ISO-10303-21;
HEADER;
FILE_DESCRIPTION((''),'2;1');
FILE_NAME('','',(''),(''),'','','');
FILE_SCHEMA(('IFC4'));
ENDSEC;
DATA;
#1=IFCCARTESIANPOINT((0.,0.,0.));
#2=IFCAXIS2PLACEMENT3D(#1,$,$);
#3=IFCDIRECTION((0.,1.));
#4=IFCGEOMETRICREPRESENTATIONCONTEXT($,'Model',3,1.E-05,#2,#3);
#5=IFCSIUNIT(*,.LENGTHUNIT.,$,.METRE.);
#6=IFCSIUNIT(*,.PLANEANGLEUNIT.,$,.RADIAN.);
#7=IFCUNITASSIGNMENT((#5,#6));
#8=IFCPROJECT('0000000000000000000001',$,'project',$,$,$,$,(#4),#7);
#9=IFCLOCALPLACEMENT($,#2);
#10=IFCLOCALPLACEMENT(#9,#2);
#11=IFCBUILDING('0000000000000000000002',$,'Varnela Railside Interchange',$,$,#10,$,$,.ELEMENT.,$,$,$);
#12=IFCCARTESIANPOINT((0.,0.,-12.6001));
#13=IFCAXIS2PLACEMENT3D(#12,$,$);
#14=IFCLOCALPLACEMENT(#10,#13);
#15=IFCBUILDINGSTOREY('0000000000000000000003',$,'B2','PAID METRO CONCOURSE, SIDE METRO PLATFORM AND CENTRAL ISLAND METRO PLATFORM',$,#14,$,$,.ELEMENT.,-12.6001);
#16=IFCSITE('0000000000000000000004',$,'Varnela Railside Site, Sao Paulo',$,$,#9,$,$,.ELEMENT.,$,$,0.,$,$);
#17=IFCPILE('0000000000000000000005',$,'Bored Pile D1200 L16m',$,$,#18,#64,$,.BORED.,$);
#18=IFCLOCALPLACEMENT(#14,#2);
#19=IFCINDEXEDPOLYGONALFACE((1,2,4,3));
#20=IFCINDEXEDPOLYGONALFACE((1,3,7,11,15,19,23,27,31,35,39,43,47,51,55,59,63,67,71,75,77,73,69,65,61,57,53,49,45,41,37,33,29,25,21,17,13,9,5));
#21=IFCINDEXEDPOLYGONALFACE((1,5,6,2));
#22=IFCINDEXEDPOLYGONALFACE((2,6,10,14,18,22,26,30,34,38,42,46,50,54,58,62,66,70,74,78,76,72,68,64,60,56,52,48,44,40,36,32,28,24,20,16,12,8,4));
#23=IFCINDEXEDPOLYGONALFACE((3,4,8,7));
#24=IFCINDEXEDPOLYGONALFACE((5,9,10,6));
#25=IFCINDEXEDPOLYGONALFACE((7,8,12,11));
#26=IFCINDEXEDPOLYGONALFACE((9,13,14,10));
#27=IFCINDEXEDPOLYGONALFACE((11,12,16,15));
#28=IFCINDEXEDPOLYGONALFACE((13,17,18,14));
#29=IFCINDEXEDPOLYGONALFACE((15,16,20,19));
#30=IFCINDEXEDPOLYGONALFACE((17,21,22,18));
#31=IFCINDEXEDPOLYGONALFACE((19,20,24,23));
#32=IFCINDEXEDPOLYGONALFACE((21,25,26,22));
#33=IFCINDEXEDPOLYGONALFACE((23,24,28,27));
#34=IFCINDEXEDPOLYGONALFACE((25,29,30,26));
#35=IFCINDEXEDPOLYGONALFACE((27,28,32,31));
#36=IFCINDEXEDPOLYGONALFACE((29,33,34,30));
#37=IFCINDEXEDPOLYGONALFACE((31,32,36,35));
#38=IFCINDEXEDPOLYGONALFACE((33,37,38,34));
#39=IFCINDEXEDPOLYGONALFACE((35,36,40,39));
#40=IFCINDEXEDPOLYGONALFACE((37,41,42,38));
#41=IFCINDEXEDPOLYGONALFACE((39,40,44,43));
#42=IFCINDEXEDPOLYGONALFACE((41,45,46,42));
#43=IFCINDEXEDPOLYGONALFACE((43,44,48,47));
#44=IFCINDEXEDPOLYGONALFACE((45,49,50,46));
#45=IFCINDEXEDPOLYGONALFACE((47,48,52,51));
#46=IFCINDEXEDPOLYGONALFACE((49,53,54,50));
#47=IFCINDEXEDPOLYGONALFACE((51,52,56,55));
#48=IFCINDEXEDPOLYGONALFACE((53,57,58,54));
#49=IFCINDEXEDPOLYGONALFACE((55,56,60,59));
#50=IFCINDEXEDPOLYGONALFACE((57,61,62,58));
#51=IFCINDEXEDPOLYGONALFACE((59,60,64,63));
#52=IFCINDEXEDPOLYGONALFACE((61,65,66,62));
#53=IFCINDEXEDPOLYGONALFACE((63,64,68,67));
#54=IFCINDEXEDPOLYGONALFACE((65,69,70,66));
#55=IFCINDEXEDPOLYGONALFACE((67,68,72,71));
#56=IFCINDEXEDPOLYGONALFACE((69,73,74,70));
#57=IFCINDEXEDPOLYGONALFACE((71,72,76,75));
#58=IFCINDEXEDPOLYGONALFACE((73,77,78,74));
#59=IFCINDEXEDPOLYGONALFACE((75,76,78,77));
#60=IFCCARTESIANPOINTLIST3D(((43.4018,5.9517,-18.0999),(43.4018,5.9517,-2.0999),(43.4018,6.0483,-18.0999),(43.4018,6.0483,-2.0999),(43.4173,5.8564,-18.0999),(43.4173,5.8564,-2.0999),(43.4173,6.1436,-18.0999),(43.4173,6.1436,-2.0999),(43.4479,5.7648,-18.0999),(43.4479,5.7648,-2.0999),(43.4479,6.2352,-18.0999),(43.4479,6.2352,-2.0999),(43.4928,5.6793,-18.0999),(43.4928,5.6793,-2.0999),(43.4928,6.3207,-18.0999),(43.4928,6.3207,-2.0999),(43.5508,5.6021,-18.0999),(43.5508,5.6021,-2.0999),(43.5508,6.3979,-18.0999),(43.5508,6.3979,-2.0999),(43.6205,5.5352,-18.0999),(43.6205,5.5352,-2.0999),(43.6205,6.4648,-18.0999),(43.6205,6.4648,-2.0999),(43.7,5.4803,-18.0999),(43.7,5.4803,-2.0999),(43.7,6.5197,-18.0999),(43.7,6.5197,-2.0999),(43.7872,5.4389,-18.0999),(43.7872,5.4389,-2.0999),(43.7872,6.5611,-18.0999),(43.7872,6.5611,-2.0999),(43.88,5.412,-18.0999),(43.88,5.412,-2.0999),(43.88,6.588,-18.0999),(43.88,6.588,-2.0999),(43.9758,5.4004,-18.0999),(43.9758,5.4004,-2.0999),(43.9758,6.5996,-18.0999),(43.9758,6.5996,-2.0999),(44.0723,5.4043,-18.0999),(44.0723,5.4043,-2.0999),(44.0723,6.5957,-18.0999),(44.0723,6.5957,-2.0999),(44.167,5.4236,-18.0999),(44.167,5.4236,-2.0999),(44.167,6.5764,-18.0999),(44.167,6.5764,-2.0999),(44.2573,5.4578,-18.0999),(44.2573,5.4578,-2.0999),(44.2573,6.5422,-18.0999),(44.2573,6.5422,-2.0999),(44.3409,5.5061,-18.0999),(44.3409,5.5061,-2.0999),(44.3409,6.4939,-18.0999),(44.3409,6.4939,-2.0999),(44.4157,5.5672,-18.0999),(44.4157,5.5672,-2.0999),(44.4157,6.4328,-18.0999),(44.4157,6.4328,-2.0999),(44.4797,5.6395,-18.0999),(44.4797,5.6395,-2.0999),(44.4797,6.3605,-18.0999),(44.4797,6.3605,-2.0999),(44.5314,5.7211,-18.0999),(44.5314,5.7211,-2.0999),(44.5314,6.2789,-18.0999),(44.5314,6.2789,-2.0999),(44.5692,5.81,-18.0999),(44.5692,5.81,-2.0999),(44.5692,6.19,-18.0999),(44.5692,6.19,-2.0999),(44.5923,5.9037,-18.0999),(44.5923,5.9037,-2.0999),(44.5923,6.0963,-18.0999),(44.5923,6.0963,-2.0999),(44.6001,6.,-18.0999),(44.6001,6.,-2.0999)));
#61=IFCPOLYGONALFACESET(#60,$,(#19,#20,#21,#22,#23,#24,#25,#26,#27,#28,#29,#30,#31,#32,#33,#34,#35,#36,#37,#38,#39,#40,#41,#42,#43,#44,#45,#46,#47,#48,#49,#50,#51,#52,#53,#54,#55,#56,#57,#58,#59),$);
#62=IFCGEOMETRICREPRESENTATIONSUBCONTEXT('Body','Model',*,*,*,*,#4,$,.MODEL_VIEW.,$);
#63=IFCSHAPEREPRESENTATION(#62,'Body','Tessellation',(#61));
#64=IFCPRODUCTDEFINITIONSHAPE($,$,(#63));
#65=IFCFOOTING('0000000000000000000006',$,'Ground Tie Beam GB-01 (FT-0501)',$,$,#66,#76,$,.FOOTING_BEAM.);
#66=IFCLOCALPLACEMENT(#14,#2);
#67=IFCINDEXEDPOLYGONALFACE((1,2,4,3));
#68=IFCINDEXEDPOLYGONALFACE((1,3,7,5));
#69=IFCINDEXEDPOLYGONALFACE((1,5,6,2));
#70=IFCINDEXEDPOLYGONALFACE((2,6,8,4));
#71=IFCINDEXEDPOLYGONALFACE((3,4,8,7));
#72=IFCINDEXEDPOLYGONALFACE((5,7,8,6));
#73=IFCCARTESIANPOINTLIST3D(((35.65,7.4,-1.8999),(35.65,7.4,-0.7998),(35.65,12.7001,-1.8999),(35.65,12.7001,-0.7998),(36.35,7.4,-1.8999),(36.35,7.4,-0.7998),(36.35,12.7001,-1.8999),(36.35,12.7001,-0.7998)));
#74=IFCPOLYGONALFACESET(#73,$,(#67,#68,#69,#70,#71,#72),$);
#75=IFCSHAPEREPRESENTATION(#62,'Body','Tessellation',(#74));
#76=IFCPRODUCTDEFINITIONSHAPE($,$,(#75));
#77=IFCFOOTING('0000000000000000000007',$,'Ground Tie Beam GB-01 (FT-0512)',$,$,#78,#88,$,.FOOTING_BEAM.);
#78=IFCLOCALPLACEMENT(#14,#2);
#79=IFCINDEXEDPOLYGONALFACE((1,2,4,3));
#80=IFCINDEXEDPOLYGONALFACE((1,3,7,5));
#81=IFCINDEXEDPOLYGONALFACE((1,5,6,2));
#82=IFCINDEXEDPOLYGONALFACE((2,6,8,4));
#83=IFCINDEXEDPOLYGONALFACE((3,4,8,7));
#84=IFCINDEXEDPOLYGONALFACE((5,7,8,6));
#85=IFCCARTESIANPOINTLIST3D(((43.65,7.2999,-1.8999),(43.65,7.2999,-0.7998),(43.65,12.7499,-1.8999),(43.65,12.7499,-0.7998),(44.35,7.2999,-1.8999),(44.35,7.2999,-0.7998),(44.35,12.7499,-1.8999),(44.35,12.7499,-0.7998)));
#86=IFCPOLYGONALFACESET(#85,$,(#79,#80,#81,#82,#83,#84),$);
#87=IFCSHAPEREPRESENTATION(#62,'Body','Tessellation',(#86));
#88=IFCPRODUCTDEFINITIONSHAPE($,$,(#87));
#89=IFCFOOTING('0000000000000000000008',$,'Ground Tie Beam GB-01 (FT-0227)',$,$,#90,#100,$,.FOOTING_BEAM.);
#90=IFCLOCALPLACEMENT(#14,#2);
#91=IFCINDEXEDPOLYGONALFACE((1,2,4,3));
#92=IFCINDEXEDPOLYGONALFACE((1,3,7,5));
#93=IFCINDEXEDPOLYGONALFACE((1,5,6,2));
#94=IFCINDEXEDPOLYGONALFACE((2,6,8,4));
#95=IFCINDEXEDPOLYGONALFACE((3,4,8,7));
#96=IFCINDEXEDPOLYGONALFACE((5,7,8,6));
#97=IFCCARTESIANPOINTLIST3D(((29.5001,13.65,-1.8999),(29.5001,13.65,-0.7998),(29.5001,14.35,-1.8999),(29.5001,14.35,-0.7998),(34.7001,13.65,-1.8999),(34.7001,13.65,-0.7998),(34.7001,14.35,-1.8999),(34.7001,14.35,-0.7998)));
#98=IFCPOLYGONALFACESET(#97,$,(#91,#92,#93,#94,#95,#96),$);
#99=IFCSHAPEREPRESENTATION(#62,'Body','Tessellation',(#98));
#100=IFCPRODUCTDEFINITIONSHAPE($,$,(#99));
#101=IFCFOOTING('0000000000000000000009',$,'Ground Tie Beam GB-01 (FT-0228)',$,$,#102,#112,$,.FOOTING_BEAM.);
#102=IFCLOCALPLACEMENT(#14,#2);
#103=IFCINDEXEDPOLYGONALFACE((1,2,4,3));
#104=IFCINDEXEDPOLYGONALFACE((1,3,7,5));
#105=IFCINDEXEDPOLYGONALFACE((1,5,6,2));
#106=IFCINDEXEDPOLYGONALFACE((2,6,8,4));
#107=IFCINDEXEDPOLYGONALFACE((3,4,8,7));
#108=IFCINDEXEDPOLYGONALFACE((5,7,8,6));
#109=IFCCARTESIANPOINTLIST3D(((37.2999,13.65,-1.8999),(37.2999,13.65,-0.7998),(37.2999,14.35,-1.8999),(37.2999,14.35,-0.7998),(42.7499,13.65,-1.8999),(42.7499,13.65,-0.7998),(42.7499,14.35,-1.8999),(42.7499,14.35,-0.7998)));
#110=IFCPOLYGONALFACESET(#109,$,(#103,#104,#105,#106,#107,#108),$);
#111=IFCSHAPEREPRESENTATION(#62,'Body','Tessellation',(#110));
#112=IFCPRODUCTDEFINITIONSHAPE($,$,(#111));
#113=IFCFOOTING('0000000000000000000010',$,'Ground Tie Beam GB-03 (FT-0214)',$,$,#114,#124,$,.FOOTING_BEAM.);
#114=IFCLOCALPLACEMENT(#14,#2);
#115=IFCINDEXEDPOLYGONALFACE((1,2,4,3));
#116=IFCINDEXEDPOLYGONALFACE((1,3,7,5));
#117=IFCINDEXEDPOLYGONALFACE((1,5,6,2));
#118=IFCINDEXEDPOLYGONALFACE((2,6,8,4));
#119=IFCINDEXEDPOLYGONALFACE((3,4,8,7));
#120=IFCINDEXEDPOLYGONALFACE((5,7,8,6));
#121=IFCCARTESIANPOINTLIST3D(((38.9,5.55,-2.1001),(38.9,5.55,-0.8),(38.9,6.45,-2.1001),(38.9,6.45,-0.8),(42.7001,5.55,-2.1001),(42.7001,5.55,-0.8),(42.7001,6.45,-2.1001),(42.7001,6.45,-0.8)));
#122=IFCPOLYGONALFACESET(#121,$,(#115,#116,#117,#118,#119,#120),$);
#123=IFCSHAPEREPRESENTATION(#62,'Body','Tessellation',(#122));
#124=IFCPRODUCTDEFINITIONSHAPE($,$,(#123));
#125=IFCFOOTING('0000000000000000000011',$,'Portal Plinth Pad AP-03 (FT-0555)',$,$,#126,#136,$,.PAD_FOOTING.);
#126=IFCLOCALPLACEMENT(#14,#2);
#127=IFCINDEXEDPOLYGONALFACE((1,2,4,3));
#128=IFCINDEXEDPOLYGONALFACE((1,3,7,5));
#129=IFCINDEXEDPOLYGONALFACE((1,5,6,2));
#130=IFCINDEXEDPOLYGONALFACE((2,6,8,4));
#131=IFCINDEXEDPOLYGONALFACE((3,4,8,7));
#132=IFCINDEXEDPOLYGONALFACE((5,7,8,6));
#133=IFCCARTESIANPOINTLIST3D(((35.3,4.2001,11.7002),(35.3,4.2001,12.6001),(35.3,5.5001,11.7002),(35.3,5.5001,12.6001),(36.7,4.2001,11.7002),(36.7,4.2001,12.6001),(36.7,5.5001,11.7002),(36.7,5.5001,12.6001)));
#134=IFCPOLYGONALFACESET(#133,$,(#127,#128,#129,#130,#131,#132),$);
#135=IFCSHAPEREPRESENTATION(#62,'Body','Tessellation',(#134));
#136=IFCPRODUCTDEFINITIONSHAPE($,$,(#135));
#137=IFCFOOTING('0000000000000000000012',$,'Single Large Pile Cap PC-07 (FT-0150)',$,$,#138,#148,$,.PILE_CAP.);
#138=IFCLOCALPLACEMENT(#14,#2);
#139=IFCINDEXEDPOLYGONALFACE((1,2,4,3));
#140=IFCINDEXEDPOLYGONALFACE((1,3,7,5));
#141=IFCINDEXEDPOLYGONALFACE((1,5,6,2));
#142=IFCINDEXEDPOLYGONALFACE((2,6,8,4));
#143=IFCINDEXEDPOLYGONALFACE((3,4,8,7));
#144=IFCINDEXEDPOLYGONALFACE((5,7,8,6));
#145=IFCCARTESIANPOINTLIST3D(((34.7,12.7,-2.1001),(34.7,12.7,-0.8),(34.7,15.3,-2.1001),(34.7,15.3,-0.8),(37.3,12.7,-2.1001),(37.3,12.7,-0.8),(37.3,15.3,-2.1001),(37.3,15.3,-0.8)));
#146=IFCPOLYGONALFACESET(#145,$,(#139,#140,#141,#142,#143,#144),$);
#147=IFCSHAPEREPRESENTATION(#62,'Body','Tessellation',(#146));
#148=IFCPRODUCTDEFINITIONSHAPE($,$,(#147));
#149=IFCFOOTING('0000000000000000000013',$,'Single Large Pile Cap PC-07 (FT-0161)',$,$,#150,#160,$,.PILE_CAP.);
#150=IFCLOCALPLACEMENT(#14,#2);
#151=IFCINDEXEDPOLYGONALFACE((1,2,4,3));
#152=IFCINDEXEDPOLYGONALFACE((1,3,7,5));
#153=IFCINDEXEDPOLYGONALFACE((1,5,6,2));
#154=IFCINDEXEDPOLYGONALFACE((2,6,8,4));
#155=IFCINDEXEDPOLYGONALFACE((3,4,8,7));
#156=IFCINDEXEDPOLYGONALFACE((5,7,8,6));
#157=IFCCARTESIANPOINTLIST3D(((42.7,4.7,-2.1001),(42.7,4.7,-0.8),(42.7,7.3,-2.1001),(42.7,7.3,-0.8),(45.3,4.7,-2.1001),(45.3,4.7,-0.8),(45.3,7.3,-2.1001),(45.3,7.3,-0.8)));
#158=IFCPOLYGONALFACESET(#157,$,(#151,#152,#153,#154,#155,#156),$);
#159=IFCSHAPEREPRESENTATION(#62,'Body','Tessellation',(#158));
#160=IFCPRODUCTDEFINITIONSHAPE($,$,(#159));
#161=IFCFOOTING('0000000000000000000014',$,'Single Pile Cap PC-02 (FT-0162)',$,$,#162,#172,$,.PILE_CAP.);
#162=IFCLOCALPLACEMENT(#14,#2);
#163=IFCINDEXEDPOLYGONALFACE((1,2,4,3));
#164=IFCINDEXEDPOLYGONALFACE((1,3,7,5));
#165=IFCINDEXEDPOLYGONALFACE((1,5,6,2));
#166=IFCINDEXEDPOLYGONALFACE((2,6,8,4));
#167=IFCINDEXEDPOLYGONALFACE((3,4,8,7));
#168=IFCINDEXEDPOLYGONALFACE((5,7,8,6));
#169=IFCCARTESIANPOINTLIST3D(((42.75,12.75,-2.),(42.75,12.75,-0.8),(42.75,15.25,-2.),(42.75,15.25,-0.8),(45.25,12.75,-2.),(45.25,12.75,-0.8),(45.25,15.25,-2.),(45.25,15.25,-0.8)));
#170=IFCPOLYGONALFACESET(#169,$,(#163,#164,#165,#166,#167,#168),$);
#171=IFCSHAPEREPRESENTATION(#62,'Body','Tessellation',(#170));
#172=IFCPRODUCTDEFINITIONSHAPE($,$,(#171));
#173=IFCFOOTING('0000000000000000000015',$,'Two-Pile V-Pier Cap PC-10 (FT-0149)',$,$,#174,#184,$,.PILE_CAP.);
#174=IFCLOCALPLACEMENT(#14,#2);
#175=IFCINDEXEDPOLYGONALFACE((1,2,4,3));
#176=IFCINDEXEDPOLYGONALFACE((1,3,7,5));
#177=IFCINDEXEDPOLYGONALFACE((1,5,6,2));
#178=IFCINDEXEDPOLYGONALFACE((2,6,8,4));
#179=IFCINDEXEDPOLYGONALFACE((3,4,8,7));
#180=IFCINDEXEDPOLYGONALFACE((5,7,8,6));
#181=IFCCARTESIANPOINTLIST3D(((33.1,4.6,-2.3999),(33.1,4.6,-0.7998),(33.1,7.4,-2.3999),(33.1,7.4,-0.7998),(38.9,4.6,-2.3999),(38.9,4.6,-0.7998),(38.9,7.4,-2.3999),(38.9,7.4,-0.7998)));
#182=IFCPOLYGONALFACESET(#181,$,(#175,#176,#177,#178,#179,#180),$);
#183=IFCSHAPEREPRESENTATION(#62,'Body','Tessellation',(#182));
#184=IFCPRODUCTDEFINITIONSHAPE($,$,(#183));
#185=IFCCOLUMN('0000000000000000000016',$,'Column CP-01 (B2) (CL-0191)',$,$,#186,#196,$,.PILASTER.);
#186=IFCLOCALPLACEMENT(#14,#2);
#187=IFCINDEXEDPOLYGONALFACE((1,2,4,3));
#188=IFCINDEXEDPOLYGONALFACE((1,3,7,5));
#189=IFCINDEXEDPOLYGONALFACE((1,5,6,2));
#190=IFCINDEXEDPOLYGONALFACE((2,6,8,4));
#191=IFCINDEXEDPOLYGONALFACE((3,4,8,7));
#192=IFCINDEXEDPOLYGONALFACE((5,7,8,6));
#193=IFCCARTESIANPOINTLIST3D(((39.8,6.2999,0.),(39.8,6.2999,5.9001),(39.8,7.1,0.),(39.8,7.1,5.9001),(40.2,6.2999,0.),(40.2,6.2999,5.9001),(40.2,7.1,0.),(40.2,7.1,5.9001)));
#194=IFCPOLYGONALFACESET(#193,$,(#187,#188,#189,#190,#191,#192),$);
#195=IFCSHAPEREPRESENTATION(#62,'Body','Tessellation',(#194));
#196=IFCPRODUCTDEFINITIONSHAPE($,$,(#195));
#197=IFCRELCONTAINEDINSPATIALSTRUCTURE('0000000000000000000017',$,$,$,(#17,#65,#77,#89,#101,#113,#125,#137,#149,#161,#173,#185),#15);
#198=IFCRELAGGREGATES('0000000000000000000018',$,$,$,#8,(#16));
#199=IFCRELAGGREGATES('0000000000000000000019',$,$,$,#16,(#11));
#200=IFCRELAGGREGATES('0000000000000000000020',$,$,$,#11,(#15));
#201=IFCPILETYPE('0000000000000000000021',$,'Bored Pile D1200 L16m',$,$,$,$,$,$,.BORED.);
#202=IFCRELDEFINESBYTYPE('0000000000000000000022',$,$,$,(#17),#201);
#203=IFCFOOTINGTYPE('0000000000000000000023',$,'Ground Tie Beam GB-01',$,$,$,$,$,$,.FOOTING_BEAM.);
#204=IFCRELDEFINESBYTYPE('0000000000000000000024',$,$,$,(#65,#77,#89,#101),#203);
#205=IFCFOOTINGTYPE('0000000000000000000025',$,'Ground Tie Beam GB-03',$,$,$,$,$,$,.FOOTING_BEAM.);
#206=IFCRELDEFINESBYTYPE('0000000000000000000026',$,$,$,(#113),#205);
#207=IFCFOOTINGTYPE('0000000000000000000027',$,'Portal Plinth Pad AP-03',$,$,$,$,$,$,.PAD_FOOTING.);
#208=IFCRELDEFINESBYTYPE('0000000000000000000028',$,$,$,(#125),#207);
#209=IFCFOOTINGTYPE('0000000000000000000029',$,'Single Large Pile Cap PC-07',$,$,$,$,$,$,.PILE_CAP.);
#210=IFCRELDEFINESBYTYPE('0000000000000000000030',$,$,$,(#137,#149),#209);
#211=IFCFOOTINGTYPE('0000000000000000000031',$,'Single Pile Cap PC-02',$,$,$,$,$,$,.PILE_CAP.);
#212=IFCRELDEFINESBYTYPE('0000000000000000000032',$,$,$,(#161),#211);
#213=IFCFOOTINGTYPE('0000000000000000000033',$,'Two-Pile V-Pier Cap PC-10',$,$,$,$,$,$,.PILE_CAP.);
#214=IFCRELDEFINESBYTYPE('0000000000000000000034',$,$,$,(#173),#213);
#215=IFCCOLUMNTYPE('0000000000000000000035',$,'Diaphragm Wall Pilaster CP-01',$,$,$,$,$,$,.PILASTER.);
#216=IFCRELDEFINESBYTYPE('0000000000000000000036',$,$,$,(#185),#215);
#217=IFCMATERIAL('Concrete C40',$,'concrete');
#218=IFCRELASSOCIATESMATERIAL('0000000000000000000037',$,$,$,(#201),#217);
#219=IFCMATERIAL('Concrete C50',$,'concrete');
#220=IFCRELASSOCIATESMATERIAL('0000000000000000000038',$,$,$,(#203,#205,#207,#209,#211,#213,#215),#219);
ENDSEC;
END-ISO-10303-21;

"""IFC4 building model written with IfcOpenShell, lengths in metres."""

from ifc_helpers import new_model, si_unit, direction, frame, origin, origin_2d, place, context, subcontext, project, spatial, rectangle, circle, extrude, material, material_profile, profile_set, type_object, element, save


model = new_model("IFC4")

# Units and contexts
model_context = context("Model", 3, precision=1e-05, world=origin(), true_north=direction((0.0, 1.0)))
body_context = subcontext(model_context, "Body", "Model", "MODEL_VIEW")
ifc_project = project(units=[si_unit("LENGTHUNIT", "METRE"), si_unit("PLANEANGLEUNIT", "RADIAN")], contexts=[model_context])

# Site, building, storey
site_placement = place(None, origin())
site = spatial("IfcSite", under=ifc_project, at=site_placement, Name="Varnela Railside Site, Sao Paulo", CompositionType="ELEMENT", RefElevation=0.0)
building_placement = place(site_placement, origin())
building = spatial("IfcBuilding", under=site, at=building_placement, Name="Varnela Railside Interchange", CompositionType="ELEMENT")
storey_placement = place(building_placement, frame((0.0, 0.0, -12.6001)))
storey = spatial("IfcBuildingStorey", under=building, at=storey_placement, Name="B2", Description="PAID METRO CONCOURSE, SIDE METRO PLATFORM AND CENTRAL ISLAND METRO PLATFORM", CompositionType="ELEMENT", Elevation=-12.6001)

# Pile
ifc_material_1 = material(Name="Concrete C40", Category="concrete")
ifc_material_profile_1 = material_profile(ifc_material_1, circle(Radius=0.6001, at=origin_2d()), Name="BORED PILE D1200")
ifc_profile_set_1 = profile_set([ifc_material_profile_1], Name="Concrete C40")
pile_type_1 = type_object("IfcPileType", Name="Bored Pile D1200 L16m", PredefinedType="BORED", material=ifc_profile_set_1)
for number, where, z_axis, x_axis, name in (
    (1, (44.0, 6.0, -2.0999), (0.0, 0.0, -1.0), (1.0, 0.0, 0.0), "Bored Pile D1200 L16m"),
):
    element("IfcPile", number, at=place(storey_placement, frame(where, z_axis=z_axis, x_axis=x_axis)), inside=storey, type_object=pile_type_1, Name=name, PredefinedType="BORED", context=body_context, shape_type="SweptSolid", body=[
        extrude(circle(Radius=0.6001, at=origin_2d()), origin(), (0.0, 0.0, 1.0), 16.0),
    ])

# Footings
ifc_material_2 = material(Name="Concrete C50", Category="concrete")
footing_type_1 = type_object("IfcFootingType", Name="Ground Tie Beam GB-01", PredefinedType="FOOTING_BEAM", material=ifc_material_2)
footing_1_placement = place(storey_placement, frame((36.0, 10.05, -1.8999), z_axis=(0.0, 0.0, 1.0), x_axis=(1.0, 0.0, 0.0)))
element("IfcFooting", 2, at=footing_1_placement, inside=storey, type_object=footing_type_1, Name="Ground Tie Beam GB-01 (FT-0501)", PredefinedType="FOOTING_BEAM", context=body_context, shape_type="SweptSolid", body=[
    extrude(rectangle(XDim=0.7, YDim=5.3, at=origin_2d()), origin(), (0.0, 0.0, 1.0), 1.1001),
])
footing_2_placement = place(storey_placement, frame((44.0, 10.0249, -1.8999), z_axis=(0.0, 0.0, 1.0), x_axis=(1.0, 0.0, 0.0)))
element("IfcFooting", 3, at=footing_2_placement, inside=storey, type_object=footing_type_1, Name="Ground Tie Beam GB-01 (FT-0512)", PredefinedType="FOOTING_BEAM", context=body_context, shape_type="SweptSolid", body=[
    extrude(rectangle(XDim=0.7, YDim=5.45, at=origin_2d()), origin(), (0.0, 0.0, 1.0), 1.1001),
])
footing_3_placement = place(storey_placement, frame((32.1001, 14.0, -1.8999), z_axis=(0.0, 0.0, 1.0), x_axis=(1.0, 0.0, 0.0)))
element("IfcFooting", 4, at=footing_3_placement, inside=storey, type_object=footing_type_1, Name="Ground Tie Beam GB-01 (FT-0227)", PredefinedType="FOOTING_BEAM", context=body_context, shape_type="SweptSolid", body=[
    extrude(rectangle(XDim=5.2, YDim=0.7, at=origin_2d()), origin(), (0.0, 0.0, 1.0), 1.1001),
])
footing_4_placement = place(storey_placement, frame((40.0249, 14.0, -1.8999), z_axis=(0.0, 0.0, 1.0), x_axis=(1.0, 0.0, 0.0)))
element("IfcFooting", 5, at=footing_4_placement, inside=storey, type_object=footing_type_1, Name="Ground Tie Beam GB-01 (FT-0228)", PredefinedType="FOOTING_BEAM", context=body_context, shape_type="SweptSolid", body=[
    extrude(rectangle(XDim=5.45, YDim=0.7, at=origin_2d()), origin(), (0.0, 0.0, 1.0), 1.1001),
])
footing_type_2 = type_object("IfcFootingType", Name="Ground Tie Beam GB-03", PredefinedType="FOOTING_BEAM", material=ifc_material_2)
footing_5_placement = place(storey_placement, frame((40.8, 6.0, -2.1001), z_axis=(0.0, 0.0, 1.0), x_axis=(1.0, 0.0, 0.0)))
element("IfcFooting", 6, at=footing_5_placement, inside=storey, type_object=footing_type_2, Name="Ground Tie Beam GB-03 (FT-0214)", PredefinedType="FOOTING_BEAM", context=body_context, shape_type="SweptSolid", body=[
    extrude(rectangle(XDim=3.8, YDim=0.8999, at=origin_2d()), origin(), (0.0, 0.0, 1.0), 1.3),
])
footing_type_3 = type_object("IfcFootingType", Name="Portal Plinth Pad AP-03", PredefinedType="PAD_FOOTING", material=ifc_material_2)
footing_6_placement = place(storey_placement, frame((36.0, 4.8501, 11.7002), z_axis=(0.0, 0.0, 1.0), x_axis=(1.0, 0.0, 0.0)))
element("IfcFooting", 7, at=footing_6_placement, inside=storey, type_object=footing_type_3, Name="Portal Plinth Pad AP-03 (FT-0555)", PredefinedType="PAD_FOOTING", context=body_context, shape_type="SweptSolid", body=[
    extrude(rectangle(XDim=1.3999, YDim=1.3, at=origin_2d()), origin(), (0.0, 0.0, 1.0), 0.8999),
])
footing_type_4 = type_object("IfcFootingType", Name="Single Large Pile Cap PC-07", PredefinedType="PILE_CAP", material=ifc_material_2)
for number, where, z_axis, x_axis, name in (
    (8, (36.0, 14.0, -2.1001), (0.0, 0.0, 1.0), (1.0, 0.0, 0.0), "Single Large Pile Cap PC-07 (FT-0150)"),
    (9, (44.0, 6.0, -2.1001), (0.0, 0.0, 1.0), (1.0, 0.0, 0.0), "Single Large Pile Cap PC-07 (FT-0161)"),
):
    element("IfcFooting", number, at=place(storey_placement, frame(where, z_axis=z_axis, x_axis=x_axis)), inside=storey, type_object=footing_type_4, Name=name, PredefinedType="PILE_CAP", context=body_context, shape_type="SweptSolid", body=[
        extrude(rectangle(XDim=2.6001, YDim=2.6001, at=origin_2d()), origin(), (0.0, 0.0, 1.0), 1.3),
    ])
footing_type_5 = type_object("IfcFootingType", Name="Single Pile Cap PC-02", PredefinedType="PILE_CAP", material=ifc_material_2)
footing_7_placement = place(storey_placement, frame((44.0, 14.0, -2.0), z_axis=(0.0, 0.0, 1.0), x_axis=(1.0, 0.0, 0.0)))
element("IfcFooting", 10, at=footing_7_placement, inside=storey, type_object=footing_type_5, Name="Single Pile Cap PC-02 (FT-0162)", PredefinedType="PILE_CAP", context=body_context, shape_type="SweptSolid", body=[
    extrude(rectangle(XDim=2.5, YDim=2.5, at=origin_2d()), origin(), (0.0, 0.0, 1.0), 1.2),
])
footing_type_6 = type_object("IfcFootingType", Name="Two-Pile V-Pier Cap PC-10", PredefinedType="PILE_CAP", material=ifc_material_2)
footing_8_placement = place(storey_placement, frame((36.0, 6.0, -2.3999), z_axis=(0.0, 0.0, 1.0), x_axis=(1.0, 0.0, 0.0)))
element("IfcFooting", 11, at=footing_8_placement, inside=storey, type_object=footing_type_6, Name="Two-Pile V-Pier Cap PC-10 (FT-0149)", PredefinedType="PILE_CAP", context=body_context, shape_type="SweptSolid", body=[
    extrude(rectangle(XDim=5.8, YDim=2.8, at=origin_2d()), origin(), (0.0, 0.0, 1.0), 1.6001),
])

# Column
ifc_material_profile_2 = material_profile(ifc_material_2, rectangle(XDim=0.3999, YDim=0.8, at=origin_2d()), Name="RC 400x800")
ifc_profile_set_2 = profile_set([ifc_material_profile_2], Name="Concrete C50")
column_type_1 = type_object("IfcColumnType", Name="Diaphragm Wall Pilaster CP-01", PredefinedType="PILASTER", material=ifc_profile_set_2)
column_placement = place(storey_placement, frame((40.0, 6.7, 0.0), z_axis=(0.0, 0.0, 1.0), x_axis=(1.0, 0.0, 0.0)))
element("IfcColumn", 12, at=column_placement, inside=storey, type_object=column_type_1, Name="Column CP-01 (B2) (CL-0191)", PredefinedType="PILASTER", context=body_context, shape_type="SweptSolid", body=[
    extrude(rectangle(XDim=0.3999, YDim=0.8, at=origin_2d()), origin(), (0.0, 0.0, 1.0), 5.9001),
])

save(model, "model.ifc")
